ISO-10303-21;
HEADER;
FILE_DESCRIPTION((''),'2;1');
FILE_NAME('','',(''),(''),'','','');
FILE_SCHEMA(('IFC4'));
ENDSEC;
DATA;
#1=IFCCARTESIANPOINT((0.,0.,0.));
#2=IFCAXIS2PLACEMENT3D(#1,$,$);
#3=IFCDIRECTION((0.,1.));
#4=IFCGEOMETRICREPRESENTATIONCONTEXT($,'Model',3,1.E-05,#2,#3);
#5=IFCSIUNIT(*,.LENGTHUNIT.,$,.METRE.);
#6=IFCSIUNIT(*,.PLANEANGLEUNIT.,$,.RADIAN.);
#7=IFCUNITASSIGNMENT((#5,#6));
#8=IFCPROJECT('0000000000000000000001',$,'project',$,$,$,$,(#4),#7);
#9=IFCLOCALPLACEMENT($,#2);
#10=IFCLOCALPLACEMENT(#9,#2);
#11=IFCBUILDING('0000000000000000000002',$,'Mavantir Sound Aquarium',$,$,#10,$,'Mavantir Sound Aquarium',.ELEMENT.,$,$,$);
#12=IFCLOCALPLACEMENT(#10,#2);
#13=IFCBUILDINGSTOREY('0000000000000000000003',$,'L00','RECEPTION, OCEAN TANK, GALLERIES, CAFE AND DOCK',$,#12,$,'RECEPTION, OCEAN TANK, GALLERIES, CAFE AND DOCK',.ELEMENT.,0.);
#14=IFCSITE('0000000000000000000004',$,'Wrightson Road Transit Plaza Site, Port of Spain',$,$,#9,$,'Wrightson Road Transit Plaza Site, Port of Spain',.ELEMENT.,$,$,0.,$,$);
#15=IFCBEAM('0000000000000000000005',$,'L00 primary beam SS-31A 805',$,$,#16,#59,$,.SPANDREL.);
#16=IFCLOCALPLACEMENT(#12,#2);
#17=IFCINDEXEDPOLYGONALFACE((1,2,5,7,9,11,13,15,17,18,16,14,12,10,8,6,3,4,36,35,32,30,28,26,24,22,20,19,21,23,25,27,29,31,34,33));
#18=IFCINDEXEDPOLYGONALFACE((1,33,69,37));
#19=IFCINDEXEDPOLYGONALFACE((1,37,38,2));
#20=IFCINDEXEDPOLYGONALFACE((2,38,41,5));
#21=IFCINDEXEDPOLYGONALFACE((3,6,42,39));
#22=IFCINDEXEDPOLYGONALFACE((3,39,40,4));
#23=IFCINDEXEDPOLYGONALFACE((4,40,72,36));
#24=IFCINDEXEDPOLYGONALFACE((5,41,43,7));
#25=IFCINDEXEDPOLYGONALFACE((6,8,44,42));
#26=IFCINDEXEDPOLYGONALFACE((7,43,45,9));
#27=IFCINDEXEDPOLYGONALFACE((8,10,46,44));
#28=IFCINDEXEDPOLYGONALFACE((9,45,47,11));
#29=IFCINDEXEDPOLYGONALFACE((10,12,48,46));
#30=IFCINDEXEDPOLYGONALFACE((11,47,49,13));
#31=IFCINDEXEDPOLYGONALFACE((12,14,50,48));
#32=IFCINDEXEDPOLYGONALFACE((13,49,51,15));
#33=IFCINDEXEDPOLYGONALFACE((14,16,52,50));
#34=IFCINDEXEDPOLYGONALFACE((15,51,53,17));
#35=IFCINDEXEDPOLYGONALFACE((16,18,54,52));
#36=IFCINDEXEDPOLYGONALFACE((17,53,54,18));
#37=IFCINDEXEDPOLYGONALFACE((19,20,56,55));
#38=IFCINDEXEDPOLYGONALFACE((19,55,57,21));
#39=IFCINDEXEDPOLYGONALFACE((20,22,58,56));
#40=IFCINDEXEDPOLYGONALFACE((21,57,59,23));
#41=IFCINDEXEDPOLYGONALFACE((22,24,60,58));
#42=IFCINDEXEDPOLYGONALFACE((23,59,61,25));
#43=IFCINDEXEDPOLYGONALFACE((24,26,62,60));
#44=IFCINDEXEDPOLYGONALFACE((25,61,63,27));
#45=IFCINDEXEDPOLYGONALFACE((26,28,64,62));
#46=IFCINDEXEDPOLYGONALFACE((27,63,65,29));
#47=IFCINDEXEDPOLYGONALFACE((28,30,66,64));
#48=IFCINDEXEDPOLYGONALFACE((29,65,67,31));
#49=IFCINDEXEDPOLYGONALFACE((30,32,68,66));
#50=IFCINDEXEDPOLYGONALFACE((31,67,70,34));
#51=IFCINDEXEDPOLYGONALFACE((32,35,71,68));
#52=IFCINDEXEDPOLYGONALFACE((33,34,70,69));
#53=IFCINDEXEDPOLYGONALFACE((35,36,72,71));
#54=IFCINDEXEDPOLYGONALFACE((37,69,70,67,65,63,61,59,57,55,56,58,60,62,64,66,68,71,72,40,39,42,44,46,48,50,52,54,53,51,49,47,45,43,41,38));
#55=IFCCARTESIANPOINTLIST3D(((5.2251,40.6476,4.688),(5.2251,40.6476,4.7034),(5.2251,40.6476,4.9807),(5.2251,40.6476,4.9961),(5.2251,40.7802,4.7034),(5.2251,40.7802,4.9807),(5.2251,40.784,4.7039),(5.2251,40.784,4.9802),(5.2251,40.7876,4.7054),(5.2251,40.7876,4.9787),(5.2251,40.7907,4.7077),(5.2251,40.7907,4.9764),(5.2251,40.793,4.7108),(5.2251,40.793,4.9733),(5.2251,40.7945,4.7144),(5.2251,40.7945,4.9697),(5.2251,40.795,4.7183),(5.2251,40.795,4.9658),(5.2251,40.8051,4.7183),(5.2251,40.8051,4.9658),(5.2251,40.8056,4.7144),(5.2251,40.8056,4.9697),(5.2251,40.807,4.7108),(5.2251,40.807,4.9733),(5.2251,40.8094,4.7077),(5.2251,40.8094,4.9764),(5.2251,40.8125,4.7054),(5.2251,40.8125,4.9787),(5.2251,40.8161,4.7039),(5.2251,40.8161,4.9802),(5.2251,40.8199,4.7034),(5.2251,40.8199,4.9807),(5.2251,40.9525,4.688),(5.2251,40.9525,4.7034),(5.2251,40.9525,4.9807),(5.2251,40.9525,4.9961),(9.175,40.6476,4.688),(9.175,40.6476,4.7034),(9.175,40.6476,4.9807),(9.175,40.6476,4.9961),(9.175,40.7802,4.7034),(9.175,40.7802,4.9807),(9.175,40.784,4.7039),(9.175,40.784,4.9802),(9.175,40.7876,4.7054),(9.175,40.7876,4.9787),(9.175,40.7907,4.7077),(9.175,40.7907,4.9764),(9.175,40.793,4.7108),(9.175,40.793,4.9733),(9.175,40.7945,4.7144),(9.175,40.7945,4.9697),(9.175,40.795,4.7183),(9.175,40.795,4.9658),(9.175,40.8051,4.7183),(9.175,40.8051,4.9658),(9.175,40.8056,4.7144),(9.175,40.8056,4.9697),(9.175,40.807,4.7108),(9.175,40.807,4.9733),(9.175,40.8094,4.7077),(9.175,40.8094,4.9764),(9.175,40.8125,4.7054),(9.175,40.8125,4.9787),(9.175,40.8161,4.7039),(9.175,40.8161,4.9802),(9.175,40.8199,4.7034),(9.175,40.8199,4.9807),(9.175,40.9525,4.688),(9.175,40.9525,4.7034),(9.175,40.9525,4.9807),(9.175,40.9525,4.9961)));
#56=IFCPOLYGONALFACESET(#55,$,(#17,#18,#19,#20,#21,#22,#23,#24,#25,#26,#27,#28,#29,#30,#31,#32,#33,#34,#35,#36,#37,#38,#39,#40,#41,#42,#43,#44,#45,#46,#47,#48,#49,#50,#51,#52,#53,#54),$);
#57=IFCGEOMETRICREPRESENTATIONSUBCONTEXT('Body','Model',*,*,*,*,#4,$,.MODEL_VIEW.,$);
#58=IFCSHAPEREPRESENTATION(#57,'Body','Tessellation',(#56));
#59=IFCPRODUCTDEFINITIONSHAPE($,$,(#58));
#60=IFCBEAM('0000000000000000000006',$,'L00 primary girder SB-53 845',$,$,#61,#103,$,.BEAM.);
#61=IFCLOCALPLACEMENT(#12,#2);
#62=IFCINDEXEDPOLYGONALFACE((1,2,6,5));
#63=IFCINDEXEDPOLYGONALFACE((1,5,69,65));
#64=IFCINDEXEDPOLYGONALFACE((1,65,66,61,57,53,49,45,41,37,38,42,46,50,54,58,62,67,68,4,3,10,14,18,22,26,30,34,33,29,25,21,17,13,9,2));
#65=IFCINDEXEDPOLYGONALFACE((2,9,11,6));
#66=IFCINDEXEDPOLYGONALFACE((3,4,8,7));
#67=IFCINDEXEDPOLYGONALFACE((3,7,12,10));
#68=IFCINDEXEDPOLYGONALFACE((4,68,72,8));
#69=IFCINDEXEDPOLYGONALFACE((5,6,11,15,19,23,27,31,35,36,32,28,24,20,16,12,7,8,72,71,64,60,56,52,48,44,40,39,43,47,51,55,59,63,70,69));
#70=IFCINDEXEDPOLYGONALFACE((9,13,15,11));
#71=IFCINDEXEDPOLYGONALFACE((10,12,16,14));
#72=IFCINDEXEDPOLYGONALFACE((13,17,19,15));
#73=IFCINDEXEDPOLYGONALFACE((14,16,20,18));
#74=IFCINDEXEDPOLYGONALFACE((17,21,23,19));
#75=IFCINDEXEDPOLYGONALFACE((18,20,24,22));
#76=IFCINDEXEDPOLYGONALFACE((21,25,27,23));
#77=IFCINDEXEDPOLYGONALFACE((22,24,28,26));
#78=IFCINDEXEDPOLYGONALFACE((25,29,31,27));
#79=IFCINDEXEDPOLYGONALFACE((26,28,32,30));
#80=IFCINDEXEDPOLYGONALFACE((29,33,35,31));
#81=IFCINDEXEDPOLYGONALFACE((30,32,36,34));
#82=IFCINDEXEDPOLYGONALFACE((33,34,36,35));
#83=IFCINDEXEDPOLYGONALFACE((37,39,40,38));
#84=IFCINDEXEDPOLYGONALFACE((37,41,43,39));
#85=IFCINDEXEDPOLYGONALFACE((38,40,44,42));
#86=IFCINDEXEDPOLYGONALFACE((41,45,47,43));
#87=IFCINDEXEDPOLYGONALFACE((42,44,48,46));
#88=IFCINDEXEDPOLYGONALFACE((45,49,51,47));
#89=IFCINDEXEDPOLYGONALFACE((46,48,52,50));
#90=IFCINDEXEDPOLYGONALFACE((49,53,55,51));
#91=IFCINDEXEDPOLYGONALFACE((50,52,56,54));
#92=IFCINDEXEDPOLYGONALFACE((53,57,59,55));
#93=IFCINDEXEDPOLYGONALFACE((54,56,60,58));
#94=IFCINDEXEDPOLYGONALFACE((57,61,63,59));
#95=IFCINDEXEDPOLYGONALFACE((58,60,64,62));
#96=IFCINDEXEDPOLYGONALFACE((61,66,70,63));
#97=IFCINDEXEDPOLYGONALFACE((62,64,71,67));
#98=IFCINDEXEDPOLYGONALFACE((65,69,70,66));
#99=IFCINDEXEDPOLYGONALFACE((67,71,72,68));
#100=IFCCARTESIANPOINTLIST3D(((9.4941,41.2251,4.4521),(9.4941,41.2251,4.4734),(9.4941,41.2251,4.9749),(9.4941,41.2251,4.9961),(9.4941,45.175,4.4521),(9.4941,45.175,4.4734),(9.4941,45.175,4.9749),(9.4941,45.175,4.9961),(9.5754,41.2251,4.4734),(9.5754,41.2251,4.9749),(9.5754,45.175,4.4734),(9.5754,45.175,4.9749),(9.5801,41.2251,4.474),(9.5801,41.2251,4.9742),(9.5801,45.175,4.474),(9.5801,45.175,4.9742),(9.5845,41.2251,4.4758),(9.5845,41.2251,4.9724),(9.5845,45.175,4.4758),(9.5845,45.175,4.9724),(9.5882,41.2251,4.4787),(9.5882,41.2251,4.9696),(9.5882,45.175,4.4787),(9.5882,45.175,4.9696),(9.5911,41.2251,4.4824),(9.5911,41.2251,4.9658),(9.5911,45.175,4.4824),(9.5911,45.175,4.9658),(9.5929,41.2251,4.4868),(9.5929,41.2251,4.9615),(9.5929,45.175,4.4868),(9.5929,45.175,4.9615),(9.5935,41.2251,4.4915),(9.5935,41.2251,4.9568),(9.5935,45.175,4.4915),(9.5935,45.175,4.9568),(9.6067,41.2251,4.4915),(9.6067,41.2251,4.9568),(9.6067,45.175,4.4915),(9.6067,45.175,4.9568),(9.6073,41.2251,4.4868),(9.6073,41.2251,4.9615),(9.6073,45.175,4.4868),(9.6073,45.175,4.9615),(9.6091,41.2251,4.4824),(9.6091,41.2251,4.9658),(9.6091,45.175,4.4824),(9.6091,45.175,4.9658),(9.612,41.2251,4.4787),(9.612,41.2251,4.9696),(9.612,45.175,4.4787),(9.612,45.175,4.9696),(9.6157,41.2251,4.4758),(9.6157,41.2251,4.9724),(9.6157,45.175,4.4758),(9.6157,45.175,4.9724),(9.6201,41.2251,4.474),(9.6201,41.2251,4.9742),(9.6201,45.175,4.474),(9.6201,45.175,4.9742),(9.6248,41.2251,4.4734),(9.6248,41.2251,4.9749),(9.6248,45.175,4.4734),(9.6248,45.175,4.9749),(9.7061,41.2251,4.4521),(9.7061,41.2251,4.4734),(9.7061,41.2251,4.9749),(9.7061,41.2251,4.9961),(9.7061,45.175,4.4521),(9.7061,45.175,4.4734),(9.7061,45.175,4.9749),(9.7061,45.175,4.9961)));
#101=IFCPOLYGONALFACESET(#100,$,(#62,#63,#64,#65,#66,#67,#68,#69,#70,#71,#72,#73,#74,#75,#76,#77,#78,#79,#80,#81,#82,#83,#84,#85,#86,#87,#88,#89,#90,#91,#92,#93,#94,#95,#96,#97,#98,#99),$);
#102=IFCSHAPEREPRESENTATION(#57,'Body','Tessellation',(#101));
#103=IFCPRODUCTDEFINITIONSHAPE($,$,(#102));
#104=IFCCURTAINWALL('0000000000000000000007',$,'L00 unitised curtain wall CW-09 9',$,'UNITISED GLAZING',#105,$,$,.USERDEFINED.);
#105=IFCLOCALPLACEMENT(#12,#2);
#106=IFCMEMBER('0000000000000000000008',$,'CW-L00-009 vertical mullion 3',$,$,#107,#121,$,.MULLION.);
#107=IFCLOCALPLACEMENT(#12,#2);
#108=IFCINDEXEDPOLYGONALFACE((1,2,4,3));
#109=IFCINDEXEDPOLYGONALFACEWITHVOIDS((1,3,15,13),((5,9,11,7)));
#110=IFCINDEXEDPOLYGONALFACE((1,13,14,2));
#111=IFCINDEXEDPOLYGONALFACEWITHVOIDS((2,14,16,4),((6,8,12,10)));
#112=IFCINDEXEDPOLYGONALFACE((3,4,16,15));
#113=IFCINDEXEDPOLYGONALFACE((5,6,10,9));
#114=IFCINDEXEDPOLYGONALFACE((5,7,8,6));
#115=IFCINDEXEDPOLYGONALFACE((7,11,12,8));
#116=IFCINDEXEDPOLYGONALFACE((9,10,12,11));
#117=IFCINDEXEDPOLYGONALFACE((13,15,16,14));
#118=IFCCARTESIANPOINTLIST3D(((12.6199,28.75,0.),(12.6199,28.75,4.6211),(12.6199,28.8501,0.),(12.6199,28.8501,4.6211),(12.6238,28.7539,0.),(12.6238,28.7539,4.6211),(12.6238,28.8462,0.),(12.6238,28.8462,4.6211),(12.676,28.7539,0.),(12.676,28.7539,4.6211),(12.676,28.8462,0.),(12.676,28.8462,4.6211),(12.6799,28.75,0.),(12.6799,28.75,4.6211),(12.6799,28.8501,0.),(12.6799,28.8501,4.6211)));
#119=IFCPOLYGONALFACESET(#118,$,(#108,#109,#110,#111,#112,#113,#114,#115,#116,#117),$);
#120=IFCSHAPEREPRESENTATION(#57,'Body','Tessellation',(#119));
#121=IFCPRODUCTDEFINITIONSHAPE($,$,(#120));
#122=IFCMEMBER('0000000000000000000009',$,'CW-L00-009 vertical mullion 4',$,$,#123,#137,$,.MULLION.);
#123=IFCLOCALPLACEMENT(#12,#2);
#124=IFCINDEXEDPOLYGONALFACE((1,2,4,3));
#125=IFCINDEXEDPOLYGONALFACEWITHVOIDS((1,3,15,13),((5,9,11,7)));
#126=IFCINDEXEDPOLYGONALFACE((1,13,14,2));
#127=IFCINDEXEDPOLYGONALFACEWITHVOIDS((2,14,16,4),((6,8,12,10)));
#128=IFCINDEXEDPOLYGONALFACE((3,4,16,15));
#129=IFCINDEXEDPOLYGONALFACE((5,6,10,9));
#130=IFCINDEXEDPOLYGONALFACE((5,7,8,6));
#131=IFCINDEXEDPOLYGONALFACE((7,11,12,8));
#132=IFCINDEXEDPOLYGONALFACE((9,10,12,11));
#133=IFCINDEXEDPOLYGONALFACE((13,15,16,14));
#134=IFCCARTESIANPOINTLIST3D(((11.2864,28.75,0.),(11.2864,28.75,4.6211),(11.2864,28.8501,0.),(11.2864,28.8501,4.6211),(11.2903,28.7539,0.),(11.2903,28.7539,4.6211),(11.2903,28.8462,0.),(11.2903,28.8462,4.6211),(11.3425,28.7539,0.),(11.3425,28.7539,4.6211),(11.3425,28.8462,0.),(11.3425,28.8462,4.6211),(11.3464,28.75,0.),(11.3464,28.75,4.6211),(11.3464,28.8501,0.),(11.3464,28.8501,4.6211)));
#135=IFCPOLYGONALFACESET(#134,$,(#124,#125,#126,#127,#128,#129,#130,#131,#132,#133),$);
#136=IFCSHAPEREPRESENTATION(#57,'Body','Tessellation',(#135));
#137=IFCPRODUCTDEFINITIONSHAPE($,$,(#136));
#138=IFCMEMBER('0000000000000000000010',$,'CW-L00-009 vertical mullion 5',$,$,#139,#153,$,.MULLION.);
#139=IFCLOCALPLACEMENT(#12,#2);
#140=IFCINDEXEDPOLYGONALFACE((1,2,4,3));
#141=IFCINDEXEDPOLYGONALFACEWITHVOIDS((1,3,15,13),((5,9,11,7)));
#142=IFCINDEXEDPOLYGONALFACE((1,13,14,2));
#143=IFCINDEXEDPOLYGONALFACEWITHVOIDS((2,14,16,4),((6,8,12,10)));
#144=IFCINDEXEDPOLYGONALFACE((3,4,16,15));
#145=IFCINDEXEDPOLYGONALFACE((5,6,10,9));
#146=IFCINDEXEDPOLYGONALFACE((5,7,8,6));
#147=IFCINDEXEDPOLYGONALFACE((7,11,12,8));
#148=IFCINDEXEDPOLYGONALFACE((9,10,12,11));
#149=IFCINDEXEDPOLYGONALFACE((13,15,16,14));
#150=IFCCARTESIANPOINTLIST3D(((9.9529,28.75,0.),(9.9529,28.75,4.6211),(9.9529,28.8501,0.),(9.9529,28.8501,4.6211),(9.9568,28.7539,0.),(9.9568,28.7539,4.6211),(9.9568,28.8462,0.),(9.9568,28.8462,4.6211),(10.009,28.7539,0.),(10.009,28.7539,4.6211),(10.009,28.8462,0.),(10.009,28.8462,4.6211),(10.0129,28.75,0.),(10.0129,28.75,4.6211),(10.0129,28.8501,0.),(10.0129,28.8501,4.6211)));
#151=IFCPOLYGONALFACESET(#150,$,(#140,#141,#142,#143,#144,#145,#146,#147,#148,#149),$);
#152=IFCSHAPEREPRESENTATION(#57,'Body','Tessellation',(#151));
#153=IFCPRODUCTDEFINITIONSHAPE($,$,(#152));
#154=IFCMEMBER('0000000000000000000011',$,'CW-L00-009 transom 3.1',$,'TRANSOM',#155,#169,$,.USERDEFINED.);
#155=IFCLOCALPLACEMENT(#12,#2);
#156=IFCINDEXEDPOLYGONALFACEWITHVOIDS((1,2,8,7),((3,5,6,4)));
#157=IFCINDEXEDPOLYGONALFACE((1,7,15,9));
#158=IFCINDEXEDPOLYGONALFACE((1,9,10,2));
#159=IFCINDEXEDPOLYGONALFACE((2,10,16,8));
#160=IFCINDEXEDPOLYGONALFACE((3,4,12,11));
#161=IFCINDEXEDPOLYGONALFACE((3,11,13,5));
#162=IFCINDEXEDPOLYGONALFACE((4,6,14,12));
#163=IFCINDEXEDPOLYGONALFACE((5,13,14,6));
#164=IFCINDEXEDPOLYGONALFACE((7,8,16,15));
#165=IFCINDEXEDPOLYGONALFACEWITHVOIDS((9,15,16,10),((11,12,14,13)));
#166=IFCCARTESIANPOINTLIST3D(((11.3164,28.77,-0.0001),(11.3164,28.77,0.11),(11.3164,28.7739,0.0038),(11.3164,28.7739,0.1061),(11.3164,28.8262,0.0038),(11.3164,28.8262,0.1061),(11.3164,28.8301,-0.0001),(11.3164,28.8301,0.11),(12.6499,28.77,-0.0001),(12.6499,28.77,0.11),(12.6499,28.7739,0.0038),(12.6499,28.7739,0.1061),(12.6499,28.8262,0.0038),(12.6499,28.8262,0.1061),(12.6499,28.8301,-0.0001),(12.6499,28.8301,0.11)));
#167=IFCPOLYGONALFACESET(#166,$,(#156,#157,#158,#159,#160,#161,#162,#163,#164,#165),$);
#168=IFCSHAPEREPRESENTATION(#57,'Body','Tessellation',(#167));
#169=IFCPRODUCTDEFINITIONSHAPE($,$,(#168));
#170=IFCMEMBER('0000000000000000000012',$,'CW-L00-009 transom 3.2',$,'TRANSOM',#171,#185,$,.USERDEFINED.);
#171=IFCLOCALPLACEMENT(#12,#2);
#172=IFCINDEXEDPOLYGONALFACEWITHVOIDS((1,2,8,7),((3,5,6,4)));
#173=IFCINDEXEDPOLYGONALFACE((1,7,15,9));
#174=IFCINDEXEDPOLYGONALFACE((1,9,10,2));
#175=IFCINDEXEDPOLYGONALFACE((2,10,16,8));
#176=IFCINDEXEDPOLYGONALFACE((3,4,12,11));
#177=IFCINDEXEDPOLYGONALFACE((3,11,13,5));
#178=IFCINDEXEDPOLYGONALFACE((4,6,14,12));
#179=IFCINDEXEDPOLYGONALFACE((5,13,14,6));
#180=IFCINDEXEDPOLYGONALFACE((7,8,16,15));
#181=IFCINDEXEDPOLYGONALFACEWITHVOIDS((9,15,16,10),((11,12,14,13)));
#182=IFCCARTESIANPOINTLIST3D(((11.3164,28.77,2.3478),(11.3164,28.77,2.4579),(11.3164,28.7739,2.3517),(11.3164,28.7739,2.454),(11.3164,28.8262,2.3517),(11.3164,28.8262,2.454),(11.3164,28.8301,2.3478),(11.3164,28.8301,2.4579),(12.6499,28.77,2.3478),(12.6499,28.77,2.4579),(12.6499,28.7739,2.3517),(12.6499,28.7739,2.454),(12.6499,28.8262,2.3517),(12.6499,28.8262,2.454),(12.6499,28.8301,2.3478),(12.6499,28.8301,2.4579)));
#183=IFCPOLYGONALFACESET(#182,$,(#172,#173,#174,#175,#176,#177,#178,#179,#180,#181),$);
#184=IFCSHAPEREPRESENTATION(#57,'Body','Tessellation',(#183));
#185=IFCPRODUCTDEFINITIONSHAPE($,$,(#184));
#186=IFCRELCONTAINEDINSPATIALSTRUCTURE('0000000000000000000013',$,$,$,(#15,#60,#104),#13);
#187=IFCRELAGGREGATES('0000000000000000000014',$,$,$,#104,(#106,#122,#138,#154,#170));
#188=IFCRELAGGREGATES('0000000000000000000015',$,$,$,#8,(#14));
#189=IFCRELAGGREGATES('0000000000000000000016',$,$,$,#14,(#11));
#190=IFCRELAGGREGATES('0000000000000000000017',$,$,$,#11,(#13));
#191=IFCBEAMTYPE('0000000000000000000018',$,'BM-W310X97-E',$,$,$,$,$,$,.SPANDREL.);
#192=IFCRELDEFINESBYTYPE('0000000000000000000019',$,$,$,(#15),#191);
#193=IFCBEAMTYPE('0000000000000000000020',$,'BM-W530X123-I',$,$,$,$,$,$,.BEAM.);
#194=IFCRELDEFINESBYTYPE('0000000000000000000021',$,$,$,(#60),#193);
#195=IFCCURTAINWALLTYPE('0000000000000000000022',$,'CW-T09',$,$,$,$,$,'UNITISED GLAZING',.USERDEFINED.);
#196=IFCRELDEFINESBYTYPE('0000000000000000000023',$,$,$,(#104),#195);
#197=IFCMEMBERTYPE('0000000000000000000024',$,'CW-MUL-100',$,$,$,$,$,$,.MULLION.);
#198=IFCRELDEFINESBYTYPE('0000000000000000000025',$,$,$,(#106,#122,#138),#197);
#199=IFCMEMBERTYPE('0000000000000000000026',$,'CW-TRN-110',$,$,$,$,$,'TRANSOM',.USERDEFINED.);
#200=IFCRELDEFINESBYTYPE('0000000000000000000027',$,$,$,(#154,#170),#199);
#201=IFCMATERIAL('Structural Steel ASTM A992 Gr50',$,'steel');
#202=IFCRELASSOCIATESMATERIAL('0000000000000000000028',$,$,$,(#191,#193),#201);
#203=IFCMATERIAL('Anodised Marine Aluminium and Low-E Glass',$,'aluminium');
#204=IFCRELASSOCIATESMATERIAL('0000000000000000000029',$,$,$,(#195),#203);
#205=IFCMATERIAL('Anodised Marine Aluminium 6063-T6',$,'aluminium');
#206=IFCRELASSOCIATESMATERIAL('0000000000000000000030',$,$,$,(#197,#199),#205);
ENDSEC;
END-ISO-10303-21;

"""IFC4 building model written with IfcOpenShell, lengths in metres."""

from ifc_helpers import new_model, si_unit, direction, frame, origin, origin_2d, place, context, subcontext, project, spatial, hollow_rectangle, i_section, extrude, material, material_profile, profile_set, type_object, element, aggregate, save


model = new_model("IFC4")

# Units and contexts
model_context = context("Model", 3, precision=1e-05, world=origin(), true_north=direction((0.0, 1.0)))
body_context = subcontext(model_context, "Body", "Model", "MODEL_VIEW")
ifc_project = project(units=[si_unit("LENGTHUNIT", "METRE"), si_unit("PLANEANGLEUNIT", "RADIAN")], contexts=[model_context])

# Site, building, storey
site_placement = place(None, origin())
site = spatial("IfcSite", under=ifc_project, at=site_placement, Name="Wrightson Road Transit Plaza Site, Port of Spain", LongName="Wrightson Road Transit Plaza Site, Port of Spain", CompositionType="ELEMENT", RefElevation=0.0)
building_placement = place(site_placement, origin())
building = spatial("IfcBuilding", under=site, at=building_placement, Name="Mavantir Sound Aquarium", LongName="Mavantir Sound Aquarium", CompositionType="ELEMENT")
storey_placement = place(building_placement, origin())
storey = spatial("IfcBuildingStorey", under=building, at=storey_placement, Name="L00", Description="RECEPTION, OCEAN TANK, GALLERIES, CAFE AND DOCK", LongName="RECEPTION, OCEAN TANK, GALLERIES, CAFE AND DOCK", CompositionType="ELEMENT", Elevation=0.0)

# Beams
ifc_material_1 = material(Name="Structural Steel ASTM A992 Gr50", Category="steel")
ifc_material_profile_1 = material_profile(ifc_material_1, i_section(OverallWidth=0.3049, OverallDepth=0.3081, WebThickness=0.01, FlangeThickness=0.0154, FilletRadius=0.0149, at=origin_2d()), Name="W310X97")
ifc_profile_set_1 = profile_set([ifc_material_profile_1], Name="Structural Steel ASTM A992 Gr50")
beam_type_1 = type_object("IfcBeamType", Name="BM-W310X97-E", PredefinedType="SPANDREL", material=ifc_profile_set_1)
beam_1_placement = place(storey_placement, frame((5.2251, 40.8, 4.842), z_axis=(1.0, 0.0, 0.0), x_axis=(0.0, 1.0, 0.0)))
element("IfcBeam", 1, at=beam_1_placement, inside=storey, type_object=beam_type_1, Name="L00 primary beam SS-31A 805", PredefinedType="SPANDREL", context=body_context, shape_type="SweptSolid", body=[
    extrude(i_section(OverallWidth=0.3049, OverallDepth=0.3081, WebThickness=0.01, FlangeThickness=0.0154, FilletRadius=0.0149, at=origin_2d()), origin(), (0.0, 0.0, 1.0), 3.95),
])
ifc_material_profile_2 = material_profile(ifc_material_1, i_section(OverallWidth=0.2119, OverallDepth=0.5439, WebThickness=0.0132, FlangeThickness=0.0212, FilletRadius=0.0181, at=origin_2d()), Name="W530X123")
ifc_profile_set_2 = profile_set([ifc_material_profile_2], Name="Structural Steel ASTM A992 Gr50")
beam_type_2 = type_object("IfcBeamType", Name="BM-W530X123-I", PredefinedType="BEAM", material=ifc_profile_set_2)
beam_2_placement = place(storey_placement, frame((9.6001, 41.2251, 4.7241), z_axis=(0.0, 1.0, 0.0), x_axis=(-1.0, 0.0, 0.0)))
element("IfcBeam", 2, at=beam_2_placement, inside=storey, type_object=beam_type_2, Name="L00 primary girder SB-53 845", PredefinedType="BEAM", context=body_context, shape_type="SweptSolid", body=[
    extrude(i_section(OverallWidth=0.2119, OverallDepth=0.5439, WebThickness=0.0132, FlangeThickness=0.0212, FilletRadius=0.0181, at=origin_2d()), origin(), (0.0, 0.0, 1.0), 3.95),
])

# Curtain wall, members
ifc_material_2 = material(Name="Anodised Marine Aluminium and Low-E Glass", Category="aluminium")
curtain_wall_type_1 = type_object("IfcCurtainWallType", Name="CW-T09", ElementType="UNITISED GLAZING", PredefinedType="USERDEFINED", material=ifc_material_2)
curtain_wall_1_placement = place(storey_placement, origin())
curtain_wall_1 = element("IfcCurtainWall", 3, at=curtain_wall_1_placement, inside=storey, type_object=curtain_wall_type_1, Name="L00 unitised curtain wall CW-09 9", ObjectType="UNITISED GLAZING", PredefinedType="USERDEFINED")
ifc_material_3 = material(Name="Anodised Marine Aluminium 6063-T6", Category="aluminium")
ifc_material_profile_3 = material_profile(ifc_material_3, hollow_rectangle(XDim=0.0601, YDim=0.1001, WallThickness=0.0039, at=origin_2d()), Name="ALU-MULLION-100X60")
ifc_profile_set_3 = profile_set([ifc_material_profile_3], Name="Anodised Marine Aluminium 6063-T6")
member_type_1 = type_object("IfcMemberType", Name="CW-MUL-100", PredefinedType="MULLION", material=ifc_profile_set_3)
member_1_placement = place(storey_placement, frame((12.6499, 28.8, 0.0), z_axis=(0.0, 0.0, 1.0), x_axis=(1.0, 0.0, 0.0)))
member_1 = element("IfcMember", 4, at=member_1_placement, type_object=member_type_1, Name="CW-L00-009 vertical mullion 3", PredefinedType="MULLION", context=body_context, shape_type="SweptSolid", body=[
    extrude(hollow_rectangle(XDim=0.0601, YDim=0.1001, WallThickness=0.0039, at=origin_2d()), origin(), (0.0, 0.0, 1.0), 4.6211),
])
member_2_placement = place(storey_placement, frame((11.3164, 28.8, 0.0), z_axis=(0.0, 0.0, 1.0), x_axis=(1.0, 0.0, 0.0)))
member_2 = element("IfcMember", 5, at=member_2_placement, type_object=member_type_1, Name="CW-L00-009 vertical mullion 4", PredefinedType="MULLION", context=body_context, shape_type="SweptSolid", body=[
    extrude(hollow_rectangle(XDim=0.0601, YDim=0.1001, WallThickness=0.0039, at=origin_2d()), origin(), (0.0, 0.0, 1.0), 4.6211),
])
member_3_placement = place(storey_placement, frame((9.9829, 28.8, 0.0), z_axis=(0.0, 0.0, 1.0), x_axis=(1.0, 0.0, 0.0)))
member_3 = element("IfcMember", 6, at=member_3_placement, type_object=member_type_1, Name="CW-L00-009 vertical mullion 5", PredefinedType="MULLION", context=body_context, shape_type="SweptSolid", body=[
    extrude(hollow_rectangle(XDim=0.0601, YDim=0.1001, WallThickness=0.0039, at=origin_2d()), origin(), (0.0, 0.0, 1.0), 4.6211),
])
ifc_material_profile_4 = material_profile(ifc_material_3, hollow_rectangle(XDim=0.0601, YDim=0.1101, WallThickness=0.0039, at=origin_2d()), Name="ALU-TRANSOM-110X60")
ifc_profile_set_4 = profile_set([ifc_material_profile_4], Name="Anodised Marine Aluminium 6063-T6")
member_type_2 = type_object("IfcMemberType", Name="CW-TRN-110", ElementType="TRANSOM", PredefinedType="USERDEFINED", material=ifc_profile_set_4)
member_4_placement = place(storey_placement, frame((12.6499, 28.8, 0.0549), z_axis=(-1.0, 0.0, 0.0), x_axis=(0.0, -1.0, 0.0)))
member_4 = element("IfcMember", 7, at=member_4_placement, type_object=member_type_2, Name="CW-L00-009 transom 3.1", ObjectType="TRANSOM", PredefinedType="USERDEFINED", context=body_context, shape_type="SweptSolid", body=[
    extrude(hollow_rectangle(XDim=0.0601, YDim=0.1101, WallThickness=0.0039, at=origin_2d()), origin(), (0.0, 0.0, 1.0), 1.3335),
])
member_5_placement = place(storey_placement, frame((12.6499, 28.8, 2.4028), z_axis=(-1.0, 0.0, 0.0), x_axis=(0.0, -1.0, 0.0)))
member_5 = element("IfcMember", 8, at=member_5_placement, type_object=member_type_2, Name="CW-L00-009 transom 3.2", ObjectType="TRANSOM", PredefinedType="USERDEFINED", context=body_context, shape_type="SweptSolid", body=[
    extrude(hollow_rectangle(XDim=0.0601, YDim=0.1101, WallThickness=0.0039, at=origin_2d()), origin(), (0.0, 0.0, 1.0), 1.3335),
])

aggregate(curtain_wall_1, [member_1, member_2, member_3, member_4, member_5])

save(model, "model.ifc")
